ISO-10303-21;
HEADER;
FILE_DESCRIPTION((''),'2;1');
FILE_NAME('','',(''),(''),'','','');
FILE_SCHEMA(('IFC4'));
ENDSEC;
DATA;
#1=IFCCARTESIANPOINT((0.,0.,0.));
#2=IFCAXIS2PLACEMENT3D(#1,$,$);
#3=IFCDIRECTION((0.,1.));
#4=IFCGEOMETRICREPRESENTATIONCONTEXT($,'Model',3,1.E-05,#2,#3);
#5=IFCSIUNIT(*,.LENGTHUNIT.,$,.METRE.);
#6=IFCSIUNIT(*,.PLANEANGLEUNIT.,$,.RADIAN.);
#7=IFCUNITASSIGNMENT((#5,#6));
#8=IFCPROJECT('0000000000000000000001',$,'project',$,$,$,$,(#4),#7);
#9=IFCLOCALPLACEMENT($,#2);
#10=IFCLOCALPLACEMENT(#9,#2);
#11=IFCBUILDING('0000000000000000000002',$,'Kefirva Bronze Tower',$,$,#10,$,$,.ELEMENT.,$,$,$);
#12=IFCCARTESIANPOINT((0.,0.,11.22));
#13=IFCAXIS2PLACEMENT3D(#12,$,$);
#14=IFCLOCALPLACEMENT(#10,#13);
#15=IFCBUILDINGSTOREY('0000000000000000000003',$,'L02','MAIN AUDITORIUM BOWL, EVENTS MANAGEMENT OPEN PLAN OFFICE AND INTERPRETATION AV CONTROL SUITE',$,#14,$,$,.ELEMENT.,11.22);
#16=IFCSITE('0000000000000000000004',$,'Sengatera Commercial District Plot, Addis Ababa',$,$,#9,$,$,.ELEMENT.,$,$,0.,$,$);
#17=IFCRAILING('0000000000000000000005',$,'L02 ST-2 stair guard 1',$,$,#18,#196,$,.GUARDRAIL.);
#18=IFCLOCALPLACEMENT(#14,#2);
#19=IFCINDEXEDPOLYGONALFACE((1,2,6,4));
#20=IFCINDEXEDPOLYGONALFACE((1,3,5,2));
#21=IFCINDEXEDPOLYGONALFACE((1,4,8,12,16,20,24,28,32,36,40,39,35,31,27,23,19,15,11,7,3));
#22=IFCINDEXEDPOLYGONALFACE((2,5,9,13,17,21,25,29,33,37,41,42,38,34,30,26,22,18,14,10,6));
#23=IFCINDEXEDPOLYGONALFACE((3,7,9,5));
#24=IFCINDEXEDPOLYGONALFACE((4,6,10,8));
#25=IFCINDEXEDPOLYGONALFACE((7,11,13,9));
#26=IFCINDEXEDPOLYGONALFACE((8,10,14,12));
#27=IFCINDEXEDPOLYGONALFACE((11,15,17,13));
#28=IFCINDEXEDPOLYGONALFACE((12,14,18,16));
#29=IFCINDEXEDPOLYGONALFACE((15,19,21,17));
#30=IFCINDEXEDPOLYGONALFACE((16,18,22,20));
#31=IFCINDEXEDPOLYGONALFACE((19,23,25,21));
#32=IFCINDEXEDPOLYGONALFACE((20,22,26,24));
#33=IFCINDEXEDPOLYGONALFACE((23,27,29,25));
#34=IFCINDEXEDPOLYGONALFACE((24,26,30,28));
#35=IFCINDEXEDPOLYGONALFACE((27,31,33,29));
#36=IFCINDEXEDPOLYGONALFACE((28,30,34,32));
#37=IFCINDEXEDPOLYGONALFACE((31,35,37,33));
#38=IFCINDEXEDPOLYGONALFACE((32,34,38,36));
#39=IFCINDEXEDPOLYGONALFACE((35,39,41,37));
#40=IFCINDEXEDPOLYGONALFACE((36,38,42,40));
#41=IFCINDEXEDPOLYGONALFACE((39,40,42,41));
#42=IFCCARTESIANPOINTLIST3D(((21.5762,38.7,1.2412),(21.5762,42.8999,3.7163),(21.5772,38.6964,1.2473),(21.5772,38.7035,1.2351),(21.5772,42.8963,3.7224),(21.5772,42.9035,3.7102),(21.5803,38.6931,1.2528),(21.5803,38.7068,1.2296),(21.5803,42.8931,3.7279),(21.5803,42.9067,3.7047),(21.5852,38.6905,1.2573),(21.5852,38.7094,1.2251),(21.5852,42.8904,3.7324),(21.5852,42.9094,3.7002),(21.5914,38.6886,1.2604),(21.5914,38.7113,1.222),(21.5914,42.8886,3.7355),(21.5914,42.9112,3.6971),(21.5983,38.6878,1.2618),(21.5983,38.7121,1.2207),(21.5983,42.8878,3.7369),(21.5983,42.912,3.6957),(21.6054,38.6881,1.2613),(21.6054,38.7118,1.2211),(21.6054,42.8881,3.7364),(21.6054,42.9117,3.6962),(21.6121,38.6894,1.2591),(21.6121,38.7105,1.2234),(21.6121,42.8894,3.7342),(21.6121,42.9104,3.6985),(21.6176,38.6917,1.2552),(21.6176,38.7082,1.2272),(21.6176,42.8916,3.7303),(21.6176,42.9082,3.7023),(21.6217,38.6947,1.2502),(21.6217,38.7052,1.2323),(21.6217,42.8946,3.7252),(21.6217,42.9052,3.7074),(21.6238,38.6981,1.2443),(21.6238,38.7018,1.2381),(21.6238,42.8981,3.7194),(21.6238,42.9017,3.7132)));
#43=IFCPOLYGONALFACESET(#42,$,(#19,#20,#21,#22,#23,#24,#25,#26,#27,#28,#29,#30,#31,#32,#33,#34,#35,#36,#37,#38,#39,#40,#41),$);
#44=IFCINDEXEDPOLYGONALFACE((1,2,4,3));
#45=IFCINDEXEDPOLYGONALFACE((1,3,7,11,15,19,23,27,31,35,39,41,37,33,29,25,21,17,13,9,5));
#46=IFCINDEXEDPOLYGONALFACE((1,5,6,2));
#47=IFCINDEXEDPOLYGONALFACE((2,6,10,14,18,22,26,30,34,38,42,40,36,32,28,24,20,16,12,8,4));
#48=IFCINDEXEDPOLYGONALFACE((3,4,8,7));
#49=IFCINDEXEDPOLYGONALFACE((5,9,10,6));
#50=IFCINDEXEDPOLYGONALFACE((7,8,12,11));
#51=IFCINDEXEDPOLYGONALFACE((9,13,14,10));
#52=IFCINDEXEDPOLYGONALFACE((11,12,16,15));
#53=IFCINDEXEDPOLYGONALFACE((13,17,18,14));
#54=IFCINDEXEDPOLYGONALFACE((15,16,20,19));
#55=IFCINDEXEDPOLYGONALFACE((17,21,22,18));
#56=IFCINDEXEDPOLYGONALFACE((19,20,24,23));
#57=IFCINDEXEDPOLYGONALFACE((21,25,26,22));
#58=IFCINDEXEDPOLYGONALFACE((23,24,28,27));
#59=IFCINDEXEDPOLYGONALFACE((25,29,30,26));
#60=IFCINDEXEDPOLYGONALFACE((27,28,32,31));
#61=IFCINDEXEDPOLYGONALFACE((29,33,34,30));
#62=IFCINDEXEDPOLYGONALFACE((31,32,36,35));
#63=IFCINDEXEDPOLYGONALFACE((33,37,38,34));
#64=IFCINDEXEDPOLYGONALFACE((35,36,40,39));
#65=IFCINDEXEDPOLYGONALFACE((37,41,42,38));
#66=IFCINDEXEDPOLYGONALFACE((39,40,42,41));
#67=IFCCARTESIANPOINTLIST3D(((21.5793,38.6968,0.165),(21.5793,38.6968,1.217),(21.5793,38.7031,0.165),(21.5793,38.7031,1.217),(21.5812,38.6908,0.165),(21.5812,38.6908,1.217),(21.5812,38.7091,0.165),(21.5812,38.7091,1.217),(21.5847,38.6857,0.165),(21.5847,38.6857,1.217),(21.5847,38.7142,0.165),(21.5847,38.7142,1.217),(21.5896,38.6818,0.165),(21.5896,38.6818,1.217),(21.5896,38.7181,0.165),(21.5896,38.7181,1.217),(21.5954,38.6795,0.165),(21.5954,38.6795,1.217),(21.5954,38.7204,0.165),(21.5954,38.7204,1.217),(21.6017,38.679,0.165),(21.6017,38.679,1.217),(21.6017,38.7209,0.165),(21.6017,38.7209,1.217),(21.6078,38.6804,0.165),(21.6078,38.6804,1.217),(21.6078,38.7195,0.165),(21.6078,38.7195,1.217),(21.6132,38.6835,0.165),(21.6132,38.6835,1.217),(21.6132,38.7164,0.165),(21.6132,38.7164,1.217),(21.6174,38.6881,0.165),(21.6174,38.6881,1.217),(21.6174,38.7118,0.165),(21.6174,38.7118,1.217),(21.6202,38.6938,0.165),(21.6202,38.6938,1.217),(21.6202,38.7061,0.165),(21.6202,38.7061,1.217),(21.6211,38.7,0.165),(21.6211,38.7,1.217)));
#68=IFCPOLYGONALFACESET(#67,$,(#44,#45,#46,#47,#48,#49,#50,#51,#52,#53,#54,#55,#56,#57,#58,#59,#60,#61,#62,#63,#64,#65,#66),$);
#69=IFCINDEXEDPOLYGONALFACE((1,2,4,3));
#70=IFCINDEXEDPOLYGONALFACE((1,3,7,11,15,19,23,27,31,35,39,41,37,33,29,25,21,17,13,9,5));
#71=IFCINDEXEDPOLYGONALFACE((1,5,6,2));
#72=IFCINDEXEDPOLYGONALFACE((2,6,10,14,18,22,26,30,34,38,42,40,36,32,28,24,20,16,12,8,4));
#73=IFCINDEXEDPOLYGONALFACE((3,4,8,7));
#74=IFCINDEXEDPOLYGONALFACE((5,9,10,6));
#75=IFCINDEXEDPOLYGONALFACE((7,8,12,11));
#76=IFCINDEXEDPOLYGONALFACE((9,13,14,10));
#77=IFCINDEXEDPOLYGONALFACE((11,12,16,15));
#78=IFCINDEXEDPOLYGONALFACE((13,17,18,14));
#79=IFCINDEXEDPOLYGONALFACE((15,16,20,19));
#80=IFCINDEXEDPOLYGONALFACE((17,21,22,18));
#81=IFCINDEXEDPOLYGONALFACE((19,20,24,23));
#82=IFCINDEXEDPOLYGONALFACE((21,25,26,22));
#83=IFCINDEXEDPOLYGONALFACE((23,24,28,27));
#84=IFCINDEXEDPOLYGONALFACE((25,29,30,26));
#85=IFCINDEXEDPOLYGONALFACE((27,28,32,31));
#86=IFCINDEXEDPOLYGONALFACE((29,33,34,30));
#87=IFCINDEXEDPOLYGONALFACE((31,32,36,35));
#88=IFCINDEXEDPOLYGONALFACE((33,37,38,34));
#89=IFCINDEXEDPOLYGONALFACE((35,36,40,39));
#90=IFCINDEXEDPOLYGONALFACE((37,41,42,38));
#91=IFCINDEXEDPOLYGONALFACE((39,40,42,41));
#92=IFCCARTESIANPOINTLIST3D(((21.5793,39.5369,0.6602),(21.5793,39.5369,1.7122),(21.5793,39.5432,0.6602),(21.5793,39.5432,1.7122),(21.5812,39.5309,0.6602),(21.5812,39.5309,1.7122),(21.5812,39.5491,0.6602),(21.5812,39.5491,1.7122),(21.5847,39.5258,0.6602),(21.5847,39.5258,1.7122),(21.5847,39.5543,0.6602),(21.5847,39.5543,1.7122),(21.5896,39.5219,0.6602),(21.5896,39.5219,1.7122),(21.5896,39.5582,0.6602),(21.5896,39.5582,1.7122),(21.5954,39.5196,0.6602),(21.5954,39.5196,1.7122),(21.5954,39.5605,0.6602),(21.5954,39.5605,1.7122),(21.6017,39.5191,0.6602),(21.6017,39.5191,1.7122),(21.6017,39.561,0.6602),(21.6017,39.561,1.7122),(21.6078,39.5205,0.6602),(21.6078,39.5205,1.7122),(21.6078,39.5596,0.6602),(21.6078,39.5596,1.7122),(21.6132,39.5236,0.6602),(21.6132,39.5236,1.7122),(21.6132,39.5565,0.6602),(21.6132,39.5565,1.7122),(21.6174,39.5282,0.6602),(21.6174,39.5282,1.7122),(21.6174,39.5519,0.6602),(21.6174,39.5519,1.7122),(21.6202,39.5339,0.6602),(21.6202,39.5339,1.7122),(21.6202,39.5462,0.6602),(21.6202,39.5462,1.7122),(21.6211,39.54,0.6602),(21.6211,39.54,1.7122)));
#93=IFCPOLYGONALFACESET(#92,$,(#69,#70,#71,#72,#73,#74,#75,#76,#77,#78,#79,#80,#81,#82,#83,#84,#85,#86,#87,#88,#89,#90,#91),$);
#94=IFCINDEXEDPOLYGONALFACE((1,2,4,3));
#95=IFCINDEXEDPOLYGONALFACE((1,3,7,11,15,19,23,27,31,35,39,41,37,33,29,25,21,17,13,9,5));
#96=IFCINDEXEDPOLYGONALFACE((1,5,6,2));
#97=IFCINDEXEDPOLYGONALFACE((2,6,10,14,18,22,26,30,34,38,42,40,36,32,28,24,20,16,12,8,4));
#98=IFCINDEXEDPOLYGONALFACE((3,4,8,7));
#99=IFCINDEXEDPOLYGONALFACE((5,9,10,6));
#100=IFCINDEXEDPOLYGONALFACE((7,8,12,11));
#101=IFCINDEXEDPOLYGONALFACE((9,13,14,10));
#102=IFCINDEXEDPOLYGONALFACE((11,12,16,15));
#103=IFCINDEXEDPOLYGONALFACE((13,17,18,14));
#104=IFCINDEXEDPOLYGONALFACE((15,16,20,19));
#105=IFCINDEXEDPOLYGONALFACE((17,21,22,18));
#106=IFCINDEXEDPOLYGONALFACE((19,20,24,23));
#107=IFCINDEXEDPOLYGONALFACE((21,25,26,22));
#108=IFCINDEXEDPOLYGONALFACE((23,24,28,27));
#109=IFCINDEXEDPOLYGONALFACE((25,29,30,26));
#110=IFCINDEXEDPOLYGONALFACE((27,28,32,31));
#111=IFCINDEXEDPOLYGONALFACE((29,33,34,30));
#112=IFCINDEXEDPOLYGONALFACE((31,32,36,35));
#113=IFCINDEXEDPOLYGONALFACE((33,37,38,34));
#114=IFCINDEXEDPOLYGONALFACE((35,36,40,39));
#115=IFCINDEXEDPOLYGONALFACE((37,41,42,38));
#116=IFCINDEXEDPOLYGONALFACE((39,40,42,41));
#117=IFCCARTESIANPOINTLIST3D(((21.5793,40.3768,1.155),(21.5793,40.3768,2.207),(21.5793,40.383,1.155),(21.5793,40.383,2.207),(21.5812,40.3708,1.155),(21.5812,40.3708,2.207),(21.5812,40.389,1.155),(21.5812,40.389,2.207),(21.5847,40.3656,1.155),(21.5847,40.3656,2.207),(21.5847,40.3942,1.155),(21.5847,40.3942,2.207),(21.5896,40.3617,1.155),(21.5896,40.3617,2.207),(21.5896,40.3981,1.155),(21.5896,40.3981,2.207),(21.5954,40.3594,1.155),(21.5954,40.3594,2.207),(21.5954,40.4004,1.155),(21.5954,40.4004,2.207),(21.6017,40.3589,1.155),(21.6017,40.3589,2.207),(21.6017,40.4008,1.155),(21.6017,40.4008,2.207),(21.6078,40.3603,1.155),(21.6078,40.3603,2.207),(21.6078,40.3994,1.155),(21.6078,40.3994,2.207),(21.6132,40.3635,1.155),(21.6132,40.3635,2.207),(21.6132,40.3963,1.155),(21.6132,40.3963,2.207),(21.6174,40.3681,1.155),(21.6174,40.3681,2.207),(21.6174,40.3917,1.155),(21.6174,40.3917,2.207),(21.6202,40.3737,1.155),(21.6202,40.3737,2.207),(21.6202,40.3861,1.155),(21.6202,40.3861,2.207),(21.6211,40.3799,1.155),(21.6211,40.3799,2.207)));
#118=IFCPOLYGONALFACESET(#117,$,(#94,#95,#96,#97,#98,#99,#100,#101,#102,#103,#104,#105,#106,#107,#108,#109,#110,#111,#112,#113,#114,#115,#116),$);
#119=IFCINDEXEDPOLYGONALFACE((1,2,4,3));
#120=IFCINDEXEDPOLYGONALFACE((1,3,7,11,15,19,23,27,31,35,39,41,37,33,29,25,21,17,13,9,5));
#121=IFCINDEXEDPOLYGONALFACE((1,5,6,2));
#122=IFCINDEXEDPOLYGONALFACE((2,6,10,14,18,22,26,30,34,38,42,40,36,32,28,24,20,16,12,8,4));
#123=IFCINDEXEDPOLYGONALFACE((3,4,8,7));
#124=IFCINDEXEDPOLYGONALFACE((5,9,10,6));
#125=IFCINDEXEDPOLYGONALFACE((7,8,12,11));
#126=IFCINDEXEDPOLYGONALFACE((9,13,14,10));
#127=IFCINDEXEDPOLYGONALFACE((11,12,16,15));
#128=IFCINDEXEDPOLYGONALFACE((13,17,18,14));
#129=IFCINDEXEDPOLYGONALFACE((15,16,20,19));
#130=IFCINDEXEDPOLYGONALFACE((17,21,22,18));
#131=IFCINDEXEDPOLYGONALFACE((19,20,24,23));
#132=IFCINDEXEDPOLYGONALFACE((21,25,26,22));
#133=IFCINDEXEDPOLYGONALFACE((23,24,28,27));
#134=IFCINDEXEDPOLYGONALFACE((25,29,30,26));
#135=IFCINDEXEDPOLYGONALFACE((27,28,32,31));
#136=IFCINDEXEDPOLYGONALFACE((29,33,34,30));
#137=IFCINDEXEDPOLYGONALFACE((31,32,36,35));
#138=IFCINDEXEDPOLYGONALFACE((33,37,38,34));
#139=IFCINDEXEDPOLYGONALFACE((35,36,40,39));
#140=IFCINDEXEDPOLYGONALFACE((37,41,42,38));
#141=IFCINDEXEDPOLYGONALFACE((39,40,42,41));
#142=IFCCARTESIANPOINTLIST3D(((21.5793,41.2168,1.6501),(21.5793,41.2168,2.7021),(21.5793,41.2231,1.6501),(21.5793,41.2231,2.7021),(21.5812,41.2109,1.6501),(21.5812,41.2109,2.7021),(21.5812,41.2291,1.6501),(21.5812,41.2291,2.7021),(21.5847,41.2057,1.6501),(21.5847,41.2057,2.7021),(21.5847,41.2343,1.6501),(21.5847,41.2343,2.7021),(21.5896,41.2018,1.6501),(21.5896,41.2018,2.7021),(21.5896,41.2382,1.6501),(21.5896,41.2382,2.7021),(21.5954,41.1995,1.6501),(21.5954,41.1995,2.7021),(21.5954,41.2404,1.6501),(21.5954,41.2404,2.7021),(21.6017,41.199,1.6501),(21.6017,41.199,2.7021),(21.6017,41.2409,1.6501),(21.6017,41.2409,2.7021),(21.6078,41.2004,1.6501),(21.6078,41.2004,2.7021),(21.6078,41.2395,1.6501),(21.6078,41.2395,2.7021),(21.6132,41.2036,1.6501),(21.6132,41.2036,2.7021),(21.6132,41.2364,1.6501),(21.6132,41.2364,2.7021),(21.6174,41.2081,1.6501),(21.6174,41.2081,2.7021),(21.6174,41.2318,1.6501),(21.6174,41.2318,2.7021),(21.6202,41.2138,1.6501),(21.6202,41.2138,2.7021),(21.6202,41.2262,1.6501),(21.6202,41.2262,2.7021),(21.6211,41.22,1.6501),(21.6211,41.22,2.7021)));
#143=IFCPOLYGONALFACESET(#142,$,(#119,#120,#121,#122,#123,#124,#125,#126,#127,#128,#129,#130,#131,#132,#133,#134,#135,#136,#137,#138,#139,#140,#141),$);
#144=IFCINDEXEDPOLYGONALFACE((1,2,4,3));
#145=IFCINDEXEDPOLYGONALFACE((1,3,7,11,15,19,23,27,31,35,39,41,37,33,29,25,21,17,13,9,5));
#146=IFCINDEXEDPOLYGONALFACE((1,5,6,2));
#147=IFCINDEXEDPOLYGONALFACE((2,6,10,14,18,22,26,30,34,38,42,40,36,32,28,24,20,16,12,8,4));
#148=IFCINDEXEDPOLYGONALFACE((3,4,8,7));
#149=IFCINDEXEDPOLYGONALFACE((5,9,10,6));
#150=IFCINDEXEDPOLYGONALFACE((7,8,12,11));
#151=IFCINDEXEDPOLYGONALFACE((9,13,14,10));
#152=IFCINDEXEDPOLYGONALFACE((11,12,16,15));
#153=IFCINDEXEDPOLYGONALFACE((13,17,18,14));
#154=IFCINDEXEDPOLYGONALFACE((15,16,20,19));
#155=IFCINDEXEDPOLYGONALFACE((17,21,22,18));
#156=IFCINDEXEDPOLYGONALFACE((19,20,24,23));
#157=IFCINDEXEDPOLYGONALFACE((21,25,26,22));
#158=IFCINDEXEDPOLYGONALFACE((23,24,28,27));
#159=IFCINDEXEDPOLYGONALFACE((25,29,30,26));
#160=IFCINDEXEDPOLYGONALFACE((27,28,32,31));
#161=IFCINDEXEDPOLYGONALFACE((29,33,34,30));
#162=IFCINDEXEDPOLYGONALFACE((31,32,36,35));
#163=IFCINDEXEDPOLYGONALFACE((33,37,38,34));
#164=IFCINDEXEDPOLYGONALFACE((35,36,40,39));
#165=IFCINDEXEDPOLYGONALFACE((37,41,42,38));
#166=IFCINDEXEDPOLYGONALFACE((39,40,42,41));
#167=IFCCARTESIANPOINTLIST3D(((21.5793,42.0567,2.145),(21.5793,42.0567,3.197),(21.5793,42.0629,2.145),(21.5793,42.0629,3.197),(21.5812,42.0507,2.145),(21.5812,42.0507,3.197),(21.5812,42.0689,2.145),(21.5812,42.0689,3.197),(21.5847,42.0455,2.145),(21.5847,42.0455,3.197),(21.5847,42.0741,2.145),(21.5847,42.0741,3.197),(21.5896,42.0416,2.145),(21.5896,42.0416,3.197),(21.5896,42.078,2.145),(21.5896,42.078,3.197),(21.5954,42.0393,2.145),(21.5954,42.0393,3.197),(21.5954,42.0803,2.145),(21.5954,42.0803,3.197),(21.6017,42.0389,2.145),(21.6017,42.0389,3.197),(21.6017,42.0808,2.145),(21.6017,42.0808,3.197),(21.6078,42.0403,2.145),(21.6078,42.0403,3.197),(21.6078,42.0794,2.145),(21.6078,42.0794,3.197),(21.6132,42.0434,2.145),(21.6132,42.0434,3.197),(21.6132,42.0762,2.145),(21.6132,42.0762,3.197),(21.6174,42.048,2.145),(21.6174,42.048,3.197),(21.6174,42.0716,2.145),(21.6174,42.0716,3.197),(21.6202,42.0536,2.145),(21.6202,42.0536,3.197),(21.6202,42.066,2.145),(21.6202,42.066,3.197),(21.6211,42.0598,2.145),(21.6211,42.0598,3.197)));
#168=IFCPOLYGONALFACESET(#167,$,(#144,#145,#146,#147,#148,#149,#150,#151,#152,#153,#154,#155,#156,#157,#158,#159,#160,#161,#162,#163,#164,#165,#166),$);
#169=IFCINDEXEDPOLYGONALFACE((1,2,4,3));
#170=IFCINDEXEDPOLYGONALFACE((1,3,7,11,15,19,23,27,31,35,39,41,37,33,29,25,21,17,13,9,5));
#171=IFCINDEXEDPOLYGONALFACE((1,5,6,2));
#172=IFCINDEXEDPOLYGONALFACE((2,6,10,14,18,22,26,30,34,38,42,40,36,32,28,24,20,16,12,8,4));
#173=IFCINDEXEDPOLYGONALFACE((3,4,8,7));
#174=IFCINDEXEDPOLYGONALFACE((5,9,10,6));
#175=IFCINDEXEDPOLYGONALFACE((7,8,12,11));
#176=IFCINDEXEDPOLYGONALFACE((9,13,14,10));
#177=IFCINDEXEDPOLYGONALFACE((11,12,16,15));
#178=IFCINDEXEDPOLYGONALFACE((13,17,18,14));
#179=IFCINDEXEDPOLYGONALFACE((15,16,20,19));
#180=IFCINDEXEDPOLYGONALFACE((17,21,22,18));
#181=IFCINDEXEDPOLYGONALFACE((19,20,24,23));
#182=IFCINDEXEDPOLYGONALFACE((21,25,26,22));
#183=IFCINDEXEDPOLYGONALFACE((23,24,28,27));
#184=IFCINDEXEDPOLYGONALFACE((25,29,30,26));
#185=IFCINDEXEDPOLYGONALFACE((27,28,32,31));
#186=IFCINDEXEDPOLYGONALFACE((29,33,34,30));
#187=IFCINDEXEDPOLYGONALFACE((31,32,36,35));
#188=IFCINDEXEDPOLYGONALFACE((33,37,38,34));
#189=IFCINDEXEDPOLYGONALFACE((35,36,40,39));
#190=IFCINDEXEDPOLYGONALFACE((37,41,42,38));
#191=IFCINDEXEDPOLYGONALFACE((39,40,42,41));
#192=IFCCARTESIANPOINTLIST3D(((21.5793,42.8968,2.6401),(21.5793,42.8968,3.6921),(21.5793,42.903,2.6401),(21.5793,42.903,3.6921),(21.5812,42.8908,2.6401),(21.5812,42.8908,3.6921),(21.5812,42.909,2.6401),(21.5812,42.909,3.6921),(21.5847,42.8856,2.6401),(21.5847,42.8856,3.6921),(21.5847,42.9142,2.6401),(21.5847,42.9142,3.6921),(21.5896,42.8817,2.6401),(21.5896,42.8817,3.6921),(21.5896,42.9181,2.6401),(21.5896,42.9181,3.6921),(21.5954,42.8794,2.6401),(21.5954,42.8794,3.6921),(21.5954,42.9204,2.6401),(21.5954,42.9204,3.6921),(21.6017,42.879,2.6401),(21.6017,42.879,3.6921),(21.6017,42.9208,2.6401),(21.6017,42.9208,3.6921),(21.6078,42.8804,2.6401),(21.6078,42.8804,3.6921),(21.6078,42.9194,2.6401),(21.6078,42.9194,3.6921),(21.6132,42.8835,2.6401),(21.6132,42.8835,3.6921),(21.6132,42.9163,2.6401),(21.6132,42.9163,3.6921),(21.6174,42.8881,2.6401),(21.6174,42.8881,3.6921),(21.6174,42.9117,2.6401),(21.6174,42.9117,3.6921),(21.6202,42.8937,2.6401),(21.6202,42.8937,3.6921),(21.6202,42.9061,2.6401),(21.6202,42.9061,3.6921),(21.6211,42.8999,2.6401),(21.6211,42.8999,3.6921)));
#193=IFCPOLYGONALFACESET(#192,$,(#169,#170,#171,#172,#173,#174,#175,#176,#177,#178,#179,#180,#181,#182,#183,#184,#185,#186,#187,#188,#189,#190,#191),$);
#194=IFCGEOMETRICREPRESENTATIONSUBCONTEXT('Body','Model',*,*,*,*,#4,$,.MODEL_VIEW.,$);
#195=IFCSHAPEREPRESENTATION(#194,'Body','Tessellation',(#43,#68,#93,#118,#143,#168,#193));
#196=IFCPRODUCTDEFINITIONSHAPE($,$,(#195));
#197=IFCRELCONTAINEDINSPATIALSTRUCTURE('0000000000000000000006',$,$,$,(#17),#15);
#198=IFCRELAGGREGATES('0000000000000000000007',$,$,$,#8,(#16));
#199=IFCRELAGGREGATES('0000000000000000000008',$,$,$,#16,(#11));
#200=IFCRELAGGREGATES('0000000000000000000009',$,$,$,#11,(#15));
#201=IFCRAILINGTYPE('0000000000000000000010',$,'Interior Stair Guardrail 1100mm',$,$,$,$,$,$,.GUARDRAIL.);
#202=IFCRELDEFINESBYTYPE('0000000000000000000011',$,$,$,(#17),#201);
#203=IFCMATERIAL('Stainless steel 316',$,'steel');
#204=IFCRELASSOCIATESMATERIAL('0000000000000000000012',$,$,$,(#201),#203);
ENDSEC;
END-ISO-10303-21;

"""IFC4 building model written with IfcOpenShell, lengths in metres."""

from ifc_helpers import new_model, si_unit, direction, frame, origin, origin_2d, place, context, subcontext, project, spatial, circle, extrude, material, type_object, element, save


model = new_model("IFC4")

# Units and contexts
model_context = context("Model", 3, precision=1e-05, world=origin(), true_north=direction((0.0, 1.0)))
body_context = subcontext(model_context, "Body", "Model", "MODEL_VIEW")
ifc_project = project(units=[si_unit("LENGTHUNIT", "METRE"), si_unit("PLANEANGLEUNIT", "RADIAN")], contexts=[model_context])

# Site, building, storey
site_placement = place(None, origin())
site = spatial("IfcSite", under=ifc_project, at=site_placement, Name="Sengatera Commercial District Plot, Addis Ababa", CompositionType="ELEMENT", RefElevation=0.0)
building_placement = place(site_placement, origin())
building = spatial("IfcBuilding", under=site, at=building_placement, Name="Kefirva Bronze Tower", CompositionType="ELEMENT")
storey_placement = place(building_placement, frame((0.0, 0.0, 11.22)))
storey = spatial("IfcBuildingStorey", under=building, at=storey_placement, Name="L02", Description="MAIN AUDITORIUM BOWL, EVENTS MANAGEMENT OPEN PLAN OFFICE AND INTERPRETATION AV CONTROL SUITE", CompositionType="ELEMENT", Elevation=11.22)

# Railing
ifc_material_1 = material(Name="Stainless steel 316", Category="steel")
railing_type_1 = type_object("IfcRailingType", Name="Interior Stair Guardrail 1100mm", PredefinedType="GUARDRAIL", material=ifc_material_1)
railing_1_placement = place(storey_placement, frame((21.6001, 38.7, 0.165)))
element("IfcRailing", 1, at=railing_1_placement, inside=storey, type_object=railing_type_1, Name="L02 ST-2 stair guard 1", PredefinedType="GUARDRAIL", context=body_context, shape_type="SweptSolid", body=[
    extrude(circle(Radius=0.0239, at=origin_2d()), frame((0.0, 0.0, 1.0762), z_axis=(0.0, 0.861527, 0.507712), x_axis=(-1.0, 0.0, 0.0)), (0.0, 0.0, 1.0), 4.875),
    extrude(circle(Radius=0.021, at=origin_2d()), origin(), (0.0, 0.0, 1.0), 1.052),
    extrude(circle(Radius=0.021, at=origin_2d()), frame((0.0, 0.8401, 0.4951)), (0.0, 0.0, 1.0), 1.052),
    extrude(circle(Radius=0.021, at=origin_2d()), frame((0.0, 1.6799, 0.99)), (0.0, 0.0, 1.0), 1.052),
    extrude(circle(Radius=0.021, at=origin_2d()), frame((0.0, 2.52, 1.4851)), (0.0, 0.0, 1.0), 1.052),
    extrude(circle(Radius=0.021, at=origin_2d()), frame((0.0, 3.3599, 1.98)), (0.0, 0.0, 1.0), 1.052),
    extrude(circle(Radius=0.021, at=origin_2d()), frame((0.0, 4.2, 2.4751)), (0.0, 0.0, 1.0), 1.052),
])

save(model, "model.ifc")
